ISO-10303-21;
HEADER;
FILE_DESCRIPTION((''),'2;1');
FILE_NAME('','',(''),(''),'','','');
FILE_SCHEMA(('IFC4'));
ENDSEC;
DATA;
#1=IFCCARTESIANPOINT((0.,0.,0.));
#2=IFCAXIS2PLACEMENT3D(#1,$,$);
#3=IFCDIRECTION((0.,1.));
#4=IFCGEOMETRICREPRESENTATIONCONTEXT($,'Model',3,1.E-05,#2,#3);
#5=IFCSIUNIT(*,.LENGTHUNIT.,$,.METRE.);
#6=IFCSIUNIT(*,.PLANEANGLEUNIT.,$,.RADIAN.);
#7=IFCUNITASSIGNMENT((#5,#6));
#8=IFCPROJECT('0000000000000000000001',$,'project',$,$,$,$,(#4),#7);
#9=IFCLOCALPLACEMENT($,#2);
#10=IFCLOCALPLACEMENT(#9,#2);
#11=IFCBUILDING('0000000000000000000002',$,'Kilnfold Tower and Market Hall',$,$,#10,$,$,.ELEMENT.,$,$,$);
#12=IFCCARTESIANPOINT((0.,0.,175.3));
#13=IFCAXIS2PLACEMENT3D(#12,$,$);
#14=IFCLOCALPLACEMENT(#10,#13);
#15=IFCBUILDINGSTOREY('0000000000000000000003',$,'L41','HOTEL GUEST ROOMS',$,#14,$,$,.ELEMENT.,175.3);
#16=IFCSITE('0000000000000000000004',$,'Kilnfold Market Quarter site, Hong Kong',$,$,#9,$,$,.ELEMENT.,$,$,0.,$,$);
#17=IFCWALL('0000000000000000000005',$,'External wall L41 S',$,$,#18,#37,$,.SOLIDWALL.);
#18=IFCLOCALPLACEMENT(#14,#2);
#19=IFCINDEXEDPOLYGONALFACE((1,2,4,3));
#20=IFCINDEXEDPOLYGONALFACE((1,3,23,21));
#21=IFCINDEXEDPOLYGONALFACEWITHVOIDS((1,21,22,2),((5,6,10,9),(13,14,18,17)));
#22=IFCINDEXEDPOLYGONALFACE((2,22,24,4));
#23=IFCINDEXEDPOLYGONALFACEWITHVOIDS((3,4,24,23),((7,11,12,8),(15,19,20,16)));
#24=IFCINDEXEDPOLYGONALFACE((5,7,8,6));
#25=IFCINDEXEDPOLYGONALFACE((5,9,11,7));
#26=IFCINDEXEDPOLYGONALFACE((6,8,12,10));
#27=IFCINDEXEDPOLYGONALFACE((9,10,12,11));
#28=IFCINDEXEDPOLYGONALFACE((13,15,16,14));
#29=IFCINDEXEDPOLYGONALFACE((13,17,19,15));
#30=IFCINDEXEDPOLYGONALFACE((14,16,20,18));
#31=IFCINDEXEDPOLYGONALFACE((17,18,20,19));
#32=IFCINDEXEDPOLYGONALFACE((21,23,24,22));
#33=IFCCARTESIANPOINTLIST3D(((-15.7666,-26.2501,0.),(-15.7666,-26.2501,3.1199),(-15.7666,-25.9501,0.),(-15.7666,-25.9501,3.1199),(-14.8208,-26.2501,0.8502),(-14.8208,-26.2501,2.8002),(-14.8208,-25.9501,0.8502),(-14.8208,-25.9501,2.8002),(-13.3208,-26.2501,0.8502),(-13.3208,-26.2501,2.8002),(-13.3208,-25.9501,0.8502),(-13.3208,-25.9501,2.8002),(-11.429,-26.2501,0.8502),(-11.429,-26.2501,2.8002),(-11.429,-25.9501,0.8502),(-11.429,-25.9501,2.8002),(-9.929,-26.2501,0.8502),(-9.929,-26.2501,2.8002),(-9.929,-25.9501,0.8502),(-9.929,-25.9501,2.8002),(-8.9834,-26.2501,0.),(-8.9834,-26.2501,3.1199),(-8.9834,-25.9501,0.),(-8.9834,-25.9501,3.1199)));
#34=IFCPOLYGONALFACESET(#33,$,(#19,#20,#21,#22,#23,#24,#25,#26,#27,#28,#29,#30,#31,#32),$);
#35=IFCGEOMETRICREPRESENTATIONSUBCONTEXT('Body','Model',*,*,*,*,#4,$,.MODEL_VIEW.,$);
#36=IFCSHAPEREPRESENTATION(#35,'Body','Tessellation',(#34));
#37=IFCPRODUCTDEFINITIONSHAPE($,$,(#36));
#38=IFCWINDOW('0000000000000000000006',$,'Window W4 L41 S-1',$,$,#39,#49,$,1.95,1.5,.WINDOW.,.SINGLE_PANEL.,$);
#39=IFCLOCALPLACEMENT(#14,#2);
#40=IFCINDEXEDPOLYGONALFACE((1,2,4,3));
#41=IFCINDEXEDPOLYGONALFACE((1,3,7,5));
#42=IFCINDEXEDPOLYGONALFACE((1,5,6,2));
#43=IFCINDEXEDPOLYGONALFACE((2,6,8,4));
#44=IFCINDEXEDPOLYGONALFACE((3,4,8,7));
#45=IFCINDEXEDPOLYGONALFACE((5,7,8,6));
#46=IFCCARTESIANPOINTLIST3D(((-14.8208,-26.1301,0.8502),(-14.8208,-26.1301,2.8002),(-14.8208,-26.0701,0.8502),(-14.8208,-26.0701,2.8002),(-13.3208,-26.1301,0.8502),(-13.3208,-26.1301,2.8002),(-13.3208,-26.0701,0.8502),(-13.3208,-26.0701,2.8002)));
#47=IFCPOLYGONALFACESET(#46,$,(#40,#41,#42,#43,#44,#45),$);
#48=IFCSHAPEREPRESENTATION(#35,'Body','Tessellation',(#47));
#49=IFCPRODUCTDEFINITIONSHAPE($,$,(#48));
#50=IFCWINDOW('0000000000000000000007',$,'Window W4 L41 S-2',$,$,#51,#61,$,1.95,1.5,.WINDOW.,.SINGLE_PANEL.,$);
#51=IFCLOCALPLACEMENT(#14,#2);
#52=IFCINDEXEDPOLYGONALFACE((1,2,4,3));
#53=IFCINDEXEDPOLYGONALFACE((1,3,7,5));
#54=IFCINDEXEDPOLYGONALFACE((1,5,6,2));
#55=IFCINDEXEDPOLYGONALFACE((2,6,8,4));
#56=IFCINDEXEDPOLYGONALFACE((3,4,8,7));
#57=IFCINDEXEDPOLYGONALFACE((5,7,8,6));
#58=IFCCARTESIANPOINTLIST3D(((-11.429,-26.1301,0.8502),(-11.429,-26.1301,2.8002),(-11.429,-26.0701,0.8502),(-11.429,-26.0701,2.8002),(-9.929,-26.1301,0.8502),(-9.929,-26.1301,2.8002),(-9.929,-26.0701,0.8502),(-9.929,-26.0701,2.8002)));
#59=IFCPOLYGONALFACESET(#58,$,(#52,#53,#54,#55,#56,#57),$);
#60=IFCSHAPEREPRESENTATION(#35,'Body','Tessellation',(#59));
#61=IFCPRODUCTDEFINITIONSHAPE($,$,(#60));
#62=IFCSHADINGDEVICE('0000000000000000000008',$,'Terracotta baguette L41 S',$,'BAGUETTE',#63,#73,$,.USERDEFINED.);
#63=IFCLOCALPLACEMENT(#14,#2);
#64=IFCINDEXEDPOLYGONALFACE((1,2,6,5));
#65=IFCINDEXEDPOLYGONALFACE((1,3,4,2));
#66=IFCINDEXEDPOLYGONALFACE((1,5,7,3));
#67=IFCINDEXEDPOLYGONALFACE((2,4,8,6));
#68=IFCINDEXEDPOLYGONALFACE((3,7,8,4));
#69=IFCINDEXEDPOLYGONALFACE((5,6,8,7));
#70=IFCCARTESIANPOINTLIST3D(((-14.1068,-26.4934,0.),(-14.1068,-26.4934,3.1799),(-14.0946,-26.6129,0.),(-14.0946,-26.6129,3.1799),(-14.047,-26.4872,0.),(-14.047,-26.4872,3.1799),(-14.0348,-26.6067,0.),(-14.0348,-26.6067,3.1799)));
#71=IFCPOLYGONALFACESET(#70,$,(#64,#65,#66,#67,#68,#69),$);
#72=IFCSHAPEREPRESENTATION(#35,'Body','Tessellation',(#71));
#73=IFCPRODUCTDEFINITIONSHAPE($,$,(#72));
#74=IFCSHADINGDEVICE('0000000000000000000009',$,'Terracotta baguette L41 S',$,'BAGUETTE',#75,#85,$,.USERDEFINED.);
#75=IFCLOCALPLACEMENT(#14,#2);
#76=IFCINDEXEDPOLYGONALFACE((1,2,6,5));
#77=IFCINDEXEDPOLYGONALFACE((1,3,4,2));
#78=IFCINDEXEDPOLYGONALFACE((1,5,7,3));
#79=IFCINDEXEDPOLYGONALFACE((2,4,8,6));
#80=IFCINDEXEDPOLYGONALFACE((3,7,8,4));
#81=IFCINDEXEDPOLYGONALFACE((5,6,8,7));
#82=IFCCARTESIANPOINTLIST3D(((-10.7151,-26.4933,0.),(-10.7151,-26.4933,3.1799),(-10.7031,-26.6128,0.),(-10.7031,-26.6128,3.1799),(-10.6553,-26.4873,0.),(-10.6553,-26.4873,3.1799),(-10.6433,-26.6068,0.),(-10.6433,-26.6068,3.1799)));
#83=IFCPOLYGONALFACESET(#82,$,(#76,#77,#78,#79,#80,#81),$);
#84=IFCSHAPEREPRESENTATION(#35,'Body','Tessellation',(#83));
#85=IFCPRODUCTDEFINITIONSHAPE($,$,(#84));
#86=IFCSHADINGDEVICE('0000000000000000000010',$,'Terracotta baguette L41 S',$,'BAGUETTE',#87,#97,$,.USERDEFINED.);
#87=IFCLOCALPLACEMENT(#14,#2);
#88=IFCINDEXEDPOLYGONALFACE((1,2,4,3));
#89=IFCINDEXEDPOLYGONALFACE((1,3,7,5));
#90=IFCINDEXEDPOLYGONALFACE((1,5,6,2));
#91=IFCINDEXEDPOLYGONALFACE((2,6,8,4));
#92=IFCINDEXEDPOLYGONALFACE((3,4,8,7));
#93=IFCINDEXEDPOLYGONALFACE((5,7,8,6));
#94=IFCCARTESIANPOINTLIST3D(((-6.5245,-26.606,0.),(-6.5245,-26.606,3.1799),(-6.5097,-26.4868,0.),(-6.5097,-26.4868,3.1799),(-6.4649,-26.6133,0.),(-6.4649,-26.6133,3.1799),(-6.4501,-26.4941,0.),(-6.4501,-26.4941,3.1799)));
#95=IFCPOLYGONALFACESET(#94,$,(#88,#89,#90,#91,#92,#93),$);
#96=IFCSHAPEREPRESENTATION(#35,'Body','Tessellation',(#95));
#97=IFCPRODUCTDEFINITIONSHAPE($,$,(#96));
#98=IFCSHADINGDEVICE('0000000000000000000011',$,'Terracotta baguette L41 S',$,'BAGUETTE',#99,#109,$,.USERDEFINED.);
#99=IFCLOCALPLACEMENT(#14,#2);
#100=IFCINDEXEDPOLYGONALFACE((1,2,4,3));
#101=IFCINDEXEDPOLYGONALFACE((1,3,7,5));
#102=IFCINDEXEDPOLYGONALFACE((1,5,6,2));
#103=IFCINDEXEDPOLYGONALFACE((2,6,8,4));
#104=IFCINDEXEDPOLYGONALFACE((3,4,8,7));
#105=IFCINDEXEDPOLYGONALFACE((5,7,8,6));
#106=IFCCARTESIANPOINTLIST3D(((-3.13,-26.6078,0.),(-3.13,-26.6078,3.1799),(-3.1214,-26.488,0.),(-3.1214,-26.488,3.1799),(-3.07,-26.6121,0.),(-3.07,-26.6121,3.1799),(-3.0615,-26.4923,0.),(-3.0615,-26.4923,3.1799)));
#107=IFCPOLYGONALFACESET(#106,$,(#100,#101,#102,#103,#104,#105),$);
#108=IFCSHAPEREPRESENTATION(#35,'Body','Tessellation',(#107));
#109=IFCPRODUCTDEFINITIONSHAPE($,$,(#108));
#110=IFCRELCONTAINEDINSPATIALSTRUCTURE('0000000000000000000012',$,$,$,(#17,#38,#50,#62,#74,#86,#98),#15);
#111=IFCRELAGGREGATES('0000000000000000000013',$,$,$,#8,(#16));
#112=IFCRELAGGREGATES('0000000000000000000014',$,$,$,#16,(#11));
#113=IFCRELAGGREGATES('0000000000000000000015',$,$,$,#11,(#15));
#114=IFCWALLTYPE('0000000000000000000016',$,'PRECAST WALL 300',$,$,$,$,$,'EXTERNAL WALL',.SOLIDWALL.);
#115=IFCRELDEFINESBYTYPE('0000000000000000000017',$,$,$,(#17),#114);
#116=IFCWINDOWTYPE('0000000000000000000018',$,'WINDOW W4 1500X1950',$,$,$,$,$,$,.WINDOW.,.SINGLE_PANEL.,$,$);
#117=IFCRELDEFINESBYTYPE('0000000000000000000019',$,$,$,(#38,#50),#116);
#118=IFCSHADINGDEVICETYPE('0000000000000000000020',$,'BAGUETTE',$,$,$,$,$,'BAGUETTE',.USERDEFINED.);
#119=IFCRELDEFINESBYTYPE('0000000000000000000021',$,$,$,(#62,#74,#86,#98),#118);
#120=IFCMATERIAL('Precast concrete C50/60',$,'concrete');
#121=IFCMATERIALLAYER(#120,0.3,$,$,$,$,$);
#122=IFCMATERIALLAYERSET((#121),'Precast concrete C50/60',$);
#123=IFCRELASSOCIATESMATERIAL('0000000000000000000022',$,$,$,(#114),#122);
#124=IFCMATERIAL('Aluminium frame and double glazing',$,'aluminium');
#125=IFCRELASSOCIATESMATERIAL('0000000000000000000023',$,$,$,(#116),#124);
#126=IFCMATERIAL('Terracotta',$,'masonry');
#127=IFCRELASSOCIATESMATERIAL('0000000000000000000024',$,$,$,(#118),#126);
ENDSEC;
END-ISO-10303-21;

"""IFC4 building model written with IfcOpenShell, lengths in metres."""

from ifc_helpers import new_model, si_unit, direction, frame, frame_2d, origin, origin_2d, place, context, subcontext, project, spatial, rectangle, extrude, source, transform, mapped, material, layer, layer_set, material_profile, profile_set, type_object, element, fill, save


model = new_model("IFC4")

# Units and contexts
model_context = context("Model", 3, precision=1e-05, world=origin(), true_north=direction((0.0, 1.0)))
body_context = subcontext(model_context, "Body", "Model", "MODEL_VIEW")
ifc_project = project(units=[si_unit("LENGTHUNIT", "METRE"), si_unit("PLANEANGLEUNIT", "RADIAN")], contexts=[model_context])

# Site, building, storey
site_placement = place(None, origin())
site = spatial("IfcSite", under=ifc_project, at=site_placement, Name="Kilnfold Market Quarter site, Hong Kong", CompositionType="ELEMENT", RefElevation=0.0)
building_placement = place(site_placement, origin())
building = spatial("IfcBuilding", under=site, at=building_placement, Name="Kilnfold Tower and Market Hall", CompositionType="ELEMENT")
storey_placement = place(building_placement, frame((0.0, 0.0, 175.3)))
storey = spatial("IfcBuildingStorey", under=building, at=storey_placement, Name="L41", Description="HOTEL GUEST ROOMS", CompositionType="ELEMENT", Elevation=175.3)

# Wall, openings, windows
ifc_material_1 = material(Name="Precast concrete C50/60", Category="concrete")
ifc_layer_1 = layer(ifc_material_1, 0.3)
ifc_layer_set_1 = layer_set([ifc_layer_1], Name="Precast concrete C50/60")
wall_type_1 = type_object("IfcWallType", Name="PRECAST WALL 300", ElementType="EXTERNAL WALL", PredefinedType="SOLIDWALL", material=ifc_layer_set_1)
ifc_material_2 = material(Name="Aluminium frame and double glazing", Category="aluminium")
window_type = type_object("IfcWindowType", Name="WINDOW W4 1500X1950", PartitioningType="SINGLE_PANEL", PredefinedType="WINDOW", material=ifc_material_2)
shared_shape_1 = source(origin(), body_context, "Body", "SweptSolid", [
    extrude(rectangle(XDim=6.7832, YDim=0.3, at=frame_2d((3.3916, 0.0))), origin(), (0.0, 0.0, 1.0), 3.1199),
])
wall_1_placement = place(storey_placement, frame((-15.7666, -26.1001, 0.0), z_axis=(0.0, 0.0, 1.0), x_axis=(1.0, 0.0, 0.0)))
wall_1 = element("IfcWall", 1, at=wall_1_placement, inside=storey, type_object=wall_type_1, Name="External wall L41 S", PredefinedType="SOLIDWALL", context=body_context, shape_type="MappedRepresentation", body=[
    mapped(shared_shape_1, transform((0.0, 0.0, 0.0))),
])
opening_1_placement = place(wall_1_placement, frame((0.9458, 0.0, 0.8501)))
opening_1 = element("IfcOpeningElement", 2, at=opening_1_placement, cuts=wall_1, PredefinedType="OPENING", context=body_context, shape_type="SweptSolid", body=[
    extrude(rectangle(XDim=1.5, YDim=1.95, at=frame_2d((0.75, 0.9751))), frame((0.0, 0.1602, 0.0), z_axis=(0.0, -1.0, 0.0), x_axis=(1.0, 0.0, 0.0)), (0.0, 0.0, 1.0), 0.3201),
])
opening_2_placement = place(wall_1_placement, frame((4.3376, 0.0, 0.8501)))
opening_2 = element("IfcOpeningElement", 3, at=opening_2_placement, cuts=wall_1, PredefinedType="OPENING", context=body_context, shape_type="SweptSolid", body=[
    extrude(rectangle(XDim=1.5, YDim=1.95, at=frame_2d((0.75, 0.9751))), frame((0.0, 0.1602, 0.0), z_axis=(0.0, -1.0, 0.0), x_axis=(1.0, 0.0, 0.0)), (0.0, 0.0, 1.0), 0.3201),
])
window_1_placement = place(opening_1_placement, origin())
window_1 = element("IfcWindow", 4, at=window_1_placement, inside=storey, type_object=window_type, Name="Window W4 L41 S-1", OverallHeight=1.95, OverallWidth=1.5, PartitioningType="SINGLE_PANEL", PredefinedType="WINDOW", context=body_context, shape_type="SweptSolid", body=[
    extrude(rectangle(XDim=1.5, YDim=1.95, at=frame_2d((0.75, 0.9751))), frame((0.0, 0.03, 0.0), z_axis=(0.0, -1.0, 0.0), x_axis=(1.0, 0.0, 0.0)), (0.0, 0.0, 1.0), 0.0601),
])
fill(opening_1, window_1)
window_2_placement = place(opening_2_placement, origin())
window_2 = element("IfcWindow", 5, at=window_2_placement, inside=storey, type_object=window_type, Name="Window W4 L41 S-2", OverallHeight=1.95, OverallWidth=1.5, PartitioningType="SINGLE_PANEL", PredefinedType="WINDOW", context=body_context, shape_type="SweptSolid", body=[
    extrude(rectangle(XDim=1.5, YDim=1.95, at=frame_2d((0.75, 0.9751))), frame((0.0, 0.03, 0.0), z_axis=(0.0, -1.0, 0.0), x_axis=(1.0, 0.0, 0.0)), (0.0, 0.0, 1.0), 0.0601),
])
fill(opening_2, window_2)

# Shading devices
ifc_material_3 = material(Name="Terracotta", Category="masonry")
ifc_material_profile_1 = material_profile(ifc_material_3, rectangle(XDim=0.0601, YDim=0.1201, at=origin_2d()), Name="BAG 60x120")
ifc_profile_set_1 = profile_set([ifc_material_profile_1], Name="Terracotta")
shading_device_type = type_object("IfcShadingDeviceType", Name="BAGUETTE", ElementType="BAGUETTE", PredefinedType="USERDEFINED", material=ifc_profile_set_1)
shared_shape_2 = source(origin(), body_context, "Body", "SweptSolid", [
    extrude(rectangle(XDim=0.0601, YDim=0.1201, at=origin_2d()), origin(), (0.0, 0.0, 1.0), 3.1799),
])
for number, where, z_axis, x_axis, name in (
    (6, (-14.0708, -26.55, 0.0), (0.0, 0.0, 1.0), (0.994802, 0.101827, 0.0), "Terracotta baguette L41 S"),
    (7, (-10.6792, -26.55, 0.0), (0.0, 0.0, 1.0), (0.994985, 0.100021, 0.0), "Terracotta baguette L41 S"),
    (8, (-6.4873, -26.55, 0.0), (0.0, 0.0, 1.0), (0.992419, -0.122897, 0.0), "Terracotta baguette L41 S"),
    (9, (-3.0957, -26.55, 0.0), (0.0, 0.0, 1.0), (0.997438, -0.071543, 0.0), "Terracotta baguette L41 S"),
):
    element("IfcShadingDevice", number, at=place(storey_placement, frame(where, z_axis=z_axis, x_axis=x_axis)), inside=storey, type_object=shading_device_type, Name=name, ObjectType="BAGUETTE", PredefinedType="USERDEFINED", context=body_context, shape_type="MappedRepresentation", body=[
        mapped(shared_shape_2, transform((0.0, 0.0, 0.0))),
    ])

save(model, "model.ifc")
